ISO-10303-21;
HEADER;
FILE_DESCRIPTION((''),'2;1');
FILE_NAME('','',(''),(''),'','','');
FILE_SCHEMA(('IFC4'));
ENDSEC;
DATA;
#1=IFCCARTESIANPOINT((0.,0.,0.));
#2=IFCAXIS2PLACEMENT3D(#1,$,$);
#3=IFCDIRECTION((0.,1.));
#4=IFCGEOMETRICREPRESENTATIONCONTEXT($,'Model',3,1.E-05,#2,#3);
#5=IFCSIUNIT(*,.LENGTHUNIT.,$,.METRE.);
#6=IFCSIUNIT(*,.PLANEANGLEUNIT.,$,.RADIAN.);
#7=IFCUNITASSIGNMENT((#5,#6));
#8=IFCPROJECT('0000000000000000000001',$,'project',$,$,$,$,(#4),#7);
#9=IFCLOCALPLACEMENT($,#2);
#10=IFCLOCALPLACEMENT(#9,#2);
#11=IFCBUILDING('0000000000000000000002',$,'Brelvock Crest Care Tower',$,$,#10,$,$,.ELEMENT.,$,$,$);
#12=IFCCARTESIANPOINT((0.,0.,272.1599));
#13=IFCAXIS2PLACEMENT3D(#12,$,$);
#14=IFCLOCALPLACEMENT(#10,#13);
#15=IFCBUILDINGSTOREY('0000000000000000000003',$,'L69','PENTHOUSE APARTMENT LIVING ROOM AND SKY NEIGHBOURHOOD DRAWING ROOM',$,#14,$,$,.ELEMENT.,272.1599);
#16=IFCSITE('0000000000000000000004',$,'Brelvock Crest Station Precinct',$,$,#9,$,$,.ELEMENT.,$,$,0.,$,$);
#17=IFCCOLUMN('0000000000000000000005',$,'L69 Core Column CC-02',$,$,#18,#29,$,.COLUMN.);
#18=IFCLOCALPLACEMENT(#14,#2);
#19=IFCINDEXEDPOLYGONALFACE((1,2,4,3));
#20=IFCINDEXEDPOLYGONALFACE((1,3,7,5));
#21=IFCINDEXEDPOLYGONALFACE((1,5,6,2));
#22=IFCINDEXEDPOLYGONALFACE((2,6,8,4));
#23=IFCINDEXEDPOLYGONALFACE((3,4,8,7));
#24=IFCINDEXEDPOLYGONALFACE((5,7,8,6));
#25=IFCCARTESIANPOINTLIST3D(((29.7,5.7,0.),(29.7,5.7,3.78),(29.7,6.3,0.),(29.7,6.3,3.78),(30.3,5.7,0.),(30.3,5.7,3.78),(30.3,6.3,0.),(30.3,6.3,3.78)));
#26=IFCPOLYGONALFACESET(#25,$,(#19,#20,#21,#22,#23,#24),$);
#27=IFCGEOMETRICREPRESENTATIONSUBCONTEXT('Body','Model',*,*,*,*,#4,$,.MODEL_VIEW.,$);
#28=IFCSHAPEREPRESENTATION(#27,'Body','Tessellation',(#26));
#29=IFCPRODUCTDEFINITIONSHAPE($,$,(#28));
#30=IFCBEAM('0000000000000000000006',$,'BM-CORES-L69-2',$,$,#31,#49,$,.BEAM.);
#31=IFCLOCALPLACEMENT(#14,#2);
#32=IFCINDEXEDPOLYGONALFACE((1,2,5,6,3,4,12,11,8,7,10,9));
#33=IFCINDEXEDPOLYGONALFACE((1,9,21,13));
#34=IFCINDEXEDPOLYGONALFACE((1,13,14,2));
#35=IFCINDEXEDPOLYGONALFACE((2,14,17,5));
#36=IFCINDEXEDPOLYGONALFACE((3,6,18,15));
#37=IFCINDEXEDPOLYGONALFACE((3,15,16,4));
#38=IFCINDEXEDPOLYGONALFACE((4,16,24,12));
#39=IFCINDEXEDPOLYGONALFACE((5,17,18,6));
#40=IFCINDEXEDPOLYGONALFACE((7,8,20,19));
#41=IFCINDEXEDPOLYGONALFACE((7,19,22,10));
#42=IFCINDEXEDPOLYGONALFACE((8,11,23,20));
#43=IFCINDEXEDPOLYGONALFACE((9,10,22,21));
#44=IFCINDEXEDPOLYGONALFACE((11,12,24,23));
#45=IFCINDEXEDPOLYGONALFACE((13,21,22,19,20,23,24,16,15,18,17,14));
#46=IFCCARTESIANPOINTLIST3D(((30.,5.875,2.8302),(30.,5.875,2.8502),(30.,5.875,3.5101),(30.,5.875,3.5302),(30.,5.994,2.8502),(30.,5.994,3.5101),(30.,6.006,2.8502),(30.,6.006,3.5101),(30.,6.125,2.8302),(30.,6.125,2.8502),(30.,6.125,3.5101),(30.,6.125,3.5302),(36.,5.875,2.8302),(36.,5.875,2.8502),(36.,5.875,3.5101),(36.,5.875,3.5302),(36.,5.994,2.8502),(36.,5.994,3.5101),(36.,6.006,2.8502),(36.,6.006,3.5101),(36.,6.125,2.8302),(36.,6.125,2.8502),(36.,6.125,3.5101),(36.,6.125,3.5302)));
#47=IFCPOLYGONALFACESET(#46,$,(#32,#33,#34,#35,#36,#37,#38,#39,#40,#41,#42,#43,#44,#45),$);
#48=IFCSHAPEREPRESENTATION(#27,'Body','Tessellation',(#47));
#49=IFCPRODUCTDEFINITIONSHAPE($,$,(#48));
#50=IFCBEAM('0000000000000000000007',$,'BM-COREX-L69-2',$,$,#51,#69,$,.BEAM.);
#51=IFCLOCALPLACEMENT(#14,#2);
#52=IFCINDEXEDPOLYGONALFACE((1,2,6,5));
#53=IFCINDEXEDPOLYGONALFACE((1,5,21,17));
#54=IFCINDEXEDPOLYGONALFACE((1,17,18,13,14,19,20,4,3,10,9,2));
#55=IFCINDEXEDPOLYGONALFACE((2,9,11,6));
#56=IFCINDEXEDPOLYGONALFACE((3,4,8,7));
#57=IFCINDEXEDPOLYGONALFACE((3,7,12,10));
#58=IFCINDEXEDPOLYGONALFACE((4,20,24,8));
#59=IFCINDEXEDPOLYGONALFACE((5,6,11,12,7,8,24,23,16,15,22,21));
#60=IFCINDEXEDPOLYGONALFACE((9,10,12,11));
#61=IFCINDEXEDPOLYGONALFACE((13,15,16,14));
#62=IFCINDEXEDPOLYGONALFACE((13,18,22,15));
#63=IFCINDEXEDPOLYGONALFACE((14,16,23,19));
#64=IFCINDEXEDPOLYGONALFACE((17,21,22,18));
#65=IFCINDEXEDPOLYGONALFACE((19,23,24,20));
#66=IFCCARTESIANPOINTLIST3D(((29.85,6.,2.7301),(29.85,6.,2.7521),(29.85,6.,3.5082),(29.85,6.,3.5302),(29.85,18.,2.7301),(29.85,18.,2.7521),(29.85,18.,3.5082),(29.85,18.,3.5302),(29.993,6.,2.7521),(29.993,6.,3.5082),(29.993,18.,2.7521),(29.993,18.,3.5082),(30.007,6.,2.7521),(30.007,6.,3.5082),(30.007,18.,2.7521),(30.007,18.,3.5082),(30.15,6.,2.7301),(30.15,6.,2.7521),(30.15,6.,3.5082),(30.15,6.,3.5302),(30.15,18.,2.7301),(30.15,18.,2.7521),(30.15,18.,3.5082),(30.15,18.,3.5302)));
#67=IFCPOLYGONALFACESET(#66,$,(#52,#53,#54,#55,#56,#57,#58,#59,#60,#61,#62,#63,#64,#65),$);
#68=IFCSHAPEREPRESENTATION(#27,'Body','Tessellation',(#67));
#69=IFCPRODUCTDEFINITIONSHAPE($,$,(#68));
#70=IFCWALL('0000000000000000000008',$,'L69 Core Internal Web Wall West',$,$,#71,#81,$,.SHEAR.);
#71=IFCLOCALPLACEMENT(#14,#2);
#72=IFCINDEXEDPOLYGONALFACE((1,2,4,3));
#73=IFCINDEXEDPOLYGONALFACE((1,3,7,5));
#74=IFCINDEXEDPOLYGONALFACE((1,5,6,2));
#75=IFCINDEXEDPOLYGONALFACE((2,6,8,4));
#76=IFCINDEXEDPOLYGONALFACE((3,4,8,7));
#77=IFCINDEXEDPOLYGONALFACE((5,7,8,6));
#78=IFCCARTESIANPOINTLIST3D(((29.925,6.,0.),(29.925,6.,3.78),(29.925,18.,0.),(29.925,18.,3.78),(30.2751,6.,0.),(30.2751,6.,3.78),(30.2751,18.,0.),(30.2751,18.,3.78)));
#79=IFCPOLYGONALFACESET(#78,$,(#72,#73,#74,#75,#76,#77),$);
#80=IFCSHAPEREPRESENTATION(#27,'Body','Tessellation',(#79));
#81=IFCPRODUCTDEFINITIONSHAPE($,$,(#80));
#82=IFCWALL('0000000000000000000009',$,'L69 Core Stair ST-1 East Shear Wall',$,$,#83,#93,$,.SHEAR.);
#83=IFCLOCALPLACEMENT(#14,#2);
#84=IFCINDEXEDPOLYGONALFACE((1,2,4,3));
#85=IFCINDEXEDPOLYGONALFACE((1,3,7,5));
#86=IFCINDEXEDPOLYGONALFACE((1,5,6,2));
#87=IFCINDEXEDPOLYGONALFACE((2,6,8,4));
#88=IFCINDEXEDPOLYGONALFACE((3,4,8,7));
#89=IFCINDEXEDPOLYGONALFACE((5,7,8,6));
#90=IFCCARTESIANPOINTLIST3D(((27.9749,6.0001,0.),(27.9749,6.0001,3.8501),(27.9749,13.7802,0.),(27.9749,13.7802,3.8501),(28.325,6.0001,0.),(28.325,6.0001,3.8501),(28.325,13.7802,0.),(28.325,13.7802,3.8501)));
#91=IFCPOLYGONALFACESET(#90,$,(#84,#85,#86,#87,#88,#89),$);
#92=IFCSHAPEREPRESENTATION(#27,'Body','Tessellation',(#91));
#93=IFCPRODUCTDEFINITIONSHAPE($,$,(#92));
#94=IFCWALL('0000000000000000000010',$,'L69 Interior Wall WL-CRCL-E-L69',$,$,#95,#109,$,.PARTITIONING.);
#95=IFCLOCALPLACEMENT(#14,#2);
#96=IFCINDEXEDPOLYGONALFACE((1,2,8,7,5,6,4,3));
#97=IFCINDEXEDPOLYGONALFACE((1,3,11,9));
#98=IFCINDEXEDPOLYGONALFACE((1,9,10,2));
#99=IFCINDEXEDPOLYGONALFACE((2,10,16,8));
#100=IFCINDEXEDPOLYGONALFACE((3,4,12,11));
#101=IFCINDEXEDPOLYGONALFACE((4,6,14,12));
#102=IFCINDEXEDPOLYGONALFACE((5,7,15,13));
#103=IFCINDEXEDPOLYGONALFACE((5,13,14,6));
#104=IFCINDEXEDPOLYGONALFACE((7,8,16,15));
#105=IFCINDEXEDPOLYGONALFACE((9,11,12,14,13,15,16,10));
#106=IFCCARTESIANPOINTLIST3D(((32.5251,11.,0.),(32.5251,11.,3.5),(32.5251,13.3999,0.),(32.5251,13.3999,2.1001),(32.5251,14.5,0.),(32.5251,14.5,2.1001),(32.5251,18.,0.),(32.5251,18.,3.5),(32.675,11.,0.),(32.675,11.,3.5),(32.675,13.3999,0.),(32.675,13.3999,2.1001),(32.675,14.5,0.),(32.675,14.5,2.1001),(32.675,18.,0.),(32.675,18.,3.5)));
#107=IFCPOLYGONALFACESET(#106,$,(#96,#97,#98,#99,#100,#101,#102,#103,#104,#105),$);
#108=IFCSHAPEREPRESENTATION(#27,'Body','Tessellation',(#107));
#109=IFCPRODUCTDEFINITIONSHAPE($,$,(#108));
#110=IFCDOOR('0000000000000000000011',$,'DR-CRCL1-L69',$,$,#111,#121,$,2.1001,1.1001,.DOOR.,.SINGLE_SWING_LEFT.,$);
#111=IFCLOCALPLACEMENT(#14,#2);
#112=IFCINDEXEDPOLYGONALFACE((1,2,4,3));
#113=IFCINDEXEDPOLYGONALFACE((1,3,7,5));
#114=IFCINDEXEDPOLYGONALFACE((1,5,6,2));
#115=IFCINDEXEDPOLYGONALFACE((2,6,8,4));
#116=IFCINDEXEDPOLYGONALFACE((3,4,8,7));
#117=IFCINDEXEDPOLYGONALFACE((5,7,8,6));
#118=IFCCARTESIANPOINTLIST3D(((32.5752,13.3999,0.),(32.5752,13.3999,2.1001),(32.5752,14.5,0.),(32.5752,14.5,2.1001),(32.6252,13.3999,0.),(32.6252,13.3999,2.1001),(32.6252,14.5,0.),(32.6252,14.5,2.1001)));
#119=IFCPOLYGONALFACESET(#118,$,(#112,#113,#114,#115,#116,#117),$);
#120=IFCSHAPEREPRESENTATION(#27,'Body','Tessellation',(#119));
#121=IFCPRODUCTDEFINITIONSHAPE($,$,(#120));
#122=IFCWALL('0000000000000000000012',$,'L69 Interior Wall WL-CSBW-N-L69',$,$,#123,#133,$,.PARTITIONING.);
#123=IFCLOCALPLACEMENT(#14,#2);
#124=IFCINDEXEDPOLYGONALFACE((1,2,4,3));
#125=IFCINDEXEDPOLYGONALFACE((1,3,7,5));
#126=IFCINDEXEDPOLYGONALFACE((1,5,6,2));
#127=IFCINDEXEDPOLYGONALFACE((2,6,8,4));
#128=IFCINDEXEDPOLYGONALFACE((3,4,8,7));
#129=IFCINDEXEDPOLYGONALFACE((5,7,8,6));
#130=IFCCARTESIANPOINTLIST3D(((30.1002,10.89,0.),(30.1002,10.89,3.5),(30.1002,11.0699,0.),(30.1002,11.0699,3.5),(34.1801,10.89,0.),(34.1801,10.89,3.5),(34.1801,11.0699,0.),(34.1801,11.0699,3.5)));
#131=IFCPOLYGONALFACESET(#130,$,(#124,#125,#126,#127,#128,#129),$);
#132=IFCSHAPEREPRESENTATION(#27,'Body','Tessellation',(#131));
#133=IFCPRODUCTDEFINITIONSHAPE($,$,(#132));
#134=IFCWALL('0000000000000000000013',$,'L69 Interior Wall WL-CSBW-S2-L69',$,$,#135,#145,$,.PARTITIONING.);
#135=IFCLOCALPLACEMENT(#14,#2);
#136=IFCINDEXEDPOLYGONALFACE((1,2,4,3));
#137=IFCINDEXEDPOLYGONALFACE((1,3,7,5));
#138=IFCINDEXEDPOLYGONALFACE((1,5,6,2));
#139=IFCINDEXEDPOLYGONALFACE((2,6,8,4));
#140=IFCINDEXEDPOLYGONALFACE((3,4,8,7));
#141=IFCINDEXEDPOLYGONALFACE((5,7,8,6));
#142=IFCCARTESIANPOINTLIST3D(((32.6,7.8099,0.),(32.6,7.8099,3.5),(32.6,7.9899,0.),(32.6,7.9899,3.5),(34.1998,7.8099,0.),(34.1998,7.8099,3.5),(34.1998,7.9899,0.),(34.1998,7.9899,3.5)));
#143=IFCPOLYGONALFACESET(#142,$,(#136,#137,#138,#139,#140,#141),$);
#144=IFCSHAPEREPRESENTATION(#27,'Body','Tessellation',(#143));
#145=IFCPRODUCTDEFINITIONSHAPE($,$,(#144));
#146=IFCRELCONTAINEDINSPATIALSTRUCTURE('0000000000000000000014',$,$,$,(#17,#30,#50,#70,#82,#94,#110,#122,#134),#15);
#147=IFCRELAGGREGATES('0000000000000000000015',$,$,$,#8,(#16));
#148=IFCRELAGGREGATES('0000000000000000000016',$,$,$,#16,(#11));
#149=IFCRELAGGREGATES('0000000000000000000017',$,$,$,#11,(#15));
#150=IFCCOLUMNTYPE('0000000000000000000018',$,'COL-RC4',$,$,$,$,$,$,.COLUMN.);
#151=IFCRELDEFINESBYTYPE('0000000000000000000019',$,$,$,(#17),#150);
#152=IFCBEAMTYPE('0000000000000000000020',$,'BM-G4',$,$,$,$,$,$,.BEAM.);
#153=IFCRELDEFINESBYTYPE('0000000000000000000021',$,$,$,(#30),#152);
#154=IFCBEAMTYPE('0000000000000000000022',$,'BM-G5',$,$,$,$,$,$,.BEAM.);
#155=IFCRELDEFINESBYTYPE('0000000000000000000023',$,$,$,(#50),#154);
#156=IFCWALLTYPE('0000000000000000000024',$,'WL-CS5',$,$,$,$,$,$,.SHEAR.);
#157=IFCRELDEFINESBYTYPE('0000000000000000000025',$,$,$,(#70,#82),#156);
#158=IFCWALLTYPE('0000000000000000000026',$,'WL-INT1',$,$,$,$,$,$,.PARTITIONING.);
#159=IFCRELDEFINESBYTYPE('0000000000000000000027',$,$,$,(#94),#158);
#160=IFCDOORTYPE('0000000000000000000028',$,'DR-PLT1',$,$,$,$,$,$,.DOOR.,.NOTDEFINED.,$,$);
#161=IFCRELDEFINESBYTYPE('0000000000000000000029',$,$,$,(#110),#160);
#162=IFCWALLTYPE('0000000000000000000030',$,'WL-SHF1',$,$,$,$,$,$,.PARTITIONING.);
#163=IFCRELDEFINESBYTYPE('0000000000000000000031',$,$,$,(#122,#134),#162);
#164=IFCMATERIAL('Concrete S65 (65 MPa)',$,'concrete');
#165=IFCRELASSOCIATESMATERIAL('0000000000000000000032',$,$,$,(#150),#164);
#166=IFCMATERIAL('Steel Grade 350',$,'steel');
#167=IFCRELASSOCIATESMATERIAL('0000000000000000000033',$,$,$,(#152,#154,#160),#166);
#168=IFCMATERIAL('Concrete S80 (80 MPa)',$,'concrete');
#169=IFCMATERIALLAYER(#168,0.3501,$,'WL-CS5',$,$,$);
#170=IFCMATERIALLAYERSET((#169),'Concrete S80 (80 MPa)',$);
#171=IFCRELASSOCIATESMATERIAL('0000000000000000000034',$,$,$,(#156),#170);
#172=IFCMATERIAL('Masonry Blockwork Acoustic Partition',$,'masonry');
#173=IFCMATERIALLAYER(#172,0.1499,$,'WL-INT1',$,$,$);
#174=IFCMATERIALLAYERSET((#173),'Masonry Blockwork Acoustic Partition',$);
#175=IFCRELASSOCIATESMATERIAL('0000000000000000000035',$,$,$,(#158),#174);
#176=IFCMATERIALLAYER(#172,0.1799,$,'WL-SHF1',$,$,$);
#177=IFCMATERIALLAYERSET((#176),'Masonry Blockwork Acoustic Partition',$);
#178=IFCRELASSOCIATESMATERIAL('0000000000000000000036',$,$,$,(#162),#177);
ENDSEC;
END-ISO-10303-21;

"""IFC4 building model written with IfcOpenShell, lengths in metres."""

from ifc_helpers import new_model, si_unit, direction, frame, frame_2d, origin, origin_2d, place, context, subcontext, project, spatial, rectangle, i_section, extrude, source, transform, mapped, material, layer, layer_set, material_profile, profile_set, type_object, element, fill, save


model = new_model("IFC4")

# Units and contexts
model_context = context("Model", 3, precision=1e-05, world=origin(), true_north=direction((0.0, 1.0)))
body_context = subcontext(model_context, "Body", "Model", "MODEL_VIEW")
ifc_project = project(units=[si_unit("LENGTHUNIT", "METRE"), si_unit("PLANEANGLEUNIT", "RADIAN")], contexts=[model_context])

# Site, building, storey
site_placement = place(None, origin())
site = spatial("IfcSite", under=ifc_project, at=site_placement, Name="Brelvock Crest Station Precinct", CompositionType="ELEMENT", RefElevation=0.0)
building_placement = place(site_placement, origin())
building = spatial("IfcBuilding", under=site, at=building_placement, Name="Brelvock Crest Care Tower", CompositionType="ELEMENT")
storey_placement = place(building_placement, frame((0.0, 0.0, 272.1599)))
storey = spatial("IfcBuildingStorey", under=building, at=storey_placement, Name="L69", Description="PENTHOUSE APARTMENT LIVING ROOM AND SKY NEIGHBOURHOOD DRAWING ROOM", CompositionType="ELEMENT", Elevation=272.1599)

# Column
ifc_material_1 = material(Name="Concrete S65 (65 MPa)", Category="concrete")
ifc_material_profile_1 = material_profile(ifc_material_1, rectangle(XDim=0.6001, YDim=0.6001, at=origin_2d()), Name="RC600x600")
ifc_profile_set_1 = profile_set([ifc_material_profile_1], Name="Concrete S65 (65 MPa)")
column_type = type_object("IfcColumnType", Name="COL-RC4", PredefinedType="COLUMN", material=ifc_profile_set_1)
shared_shape_1 = source(origin(), body_context, "Body", "SweptSolid", [
    extrude(rectangle(XDim=0.6001, YDim=0.6001, at=origin_2d()), origin(), (0.0, 0.0, 1.0), 3.78),
])
column_placement = place(storey_placement, frame((30.0, 6.0, 0.0), z_axis=(0.0, 0.0, 1.0), x_axis=(1.0, 0.0, 0.0)))
element("IfcColumn", 1, at=column_placement, inside=storey, type_object=column_type, Name="L69 Core Column CC-02", PredefinedType="COLUMN", context=body_context, shape_type="MappedRepresentation", body=[
    mapped(shared_shape_1, transform((0.0, 0.0, 0.0), x_axis=(1.0, 0.0, 0.0), y_axis=(0.0, 1.0, 0.0), z_axis=(0.0, 0.0, 1.0), scale=1.0)),
])

# Beams
ifc_material_2 = material(Name="Steel Grade 350", Category="steel")
ifc_material_profile_2 = material_profile(ifc_material_2, i_section(OverallWidth=0.25, OverallDepth=0.7, WebThickness=0.012, FlangeThickness=0.02, at=origin_2d()), Name="700WB150")
ifc_profile_set_2 = profile_set([ifc_material_profile_2], Name="Steel Grade 350")
beam_type_1 = type_object("IfcBeamType", Name="BM-G4", PredefinedType="BEAM", material=ifc_profile_set_2)
shared_shape_2 = source(origin(), body_context, "Body", "SweptSolid", [
    extrude(i_section(OverallWidth=0.25, OverallDepth=0.7, WebThickness=0.012, FlangeThickness=0.02, at=origin_2d()), origin(), (0.0, 0.0, 1.0), 6.0),
])
beam_1_placement = place(storey_placement, frame((30.0, 6.0, 3.1802), z_axis=(1.0, 0.0, 0.0), x_axis=(0.0, 1.0, 0.0)))
element("IfcBeam", 2, at=beam_1_placement, inside=storey, type_object=beam_type_1, Name="BM-CORES-L69-2", PredefinedType="BEAM", context=body_context, shape_type="MappedRepresentation", body=[
    mapped(shared_shape_2, transform((0.0, 0.0, 0.0), x_axis=(1.0, 0.0, 0.0), y_axis=(0.0, 1.0, 0.0), z_axis=(0.0, 0.0, 1.0), scale=1.0)),
])
ifc_material_profile_3 = material_profile(ifc_material_2, i_section(OverallWidth=0.3, OverallDepth=0.8, WebThickness=0.0139, FlangeThickness=0.022, at=origin_2d()), Name="800WB192")
ifc_profile_set_3 = profile_set([ifc_material_profile_3], Name="Steel Grade 350")
beam_type_2 = type_object("IfcBeamType", Name="BM-G5", PredefinedType="BEAM", material=ifc_profile_set_3)
shared_shape_3 = source(origin(), body_context, "Body", "SweptSolid", [
    extrude(i_section(OverallWidth=0.3, OverallDepth=0.8, WebThickness=0.0139, FlangeThickness=0.022, at=origin_2d()), origin(), (0.0, 0.0, 1.0), 12.0),
])
beam_2_placement = place(storey_placement, frame((30.0, 6.0, 3.1301), z_axis=(0.0, 1.0, 0.0), x_axis=(-1.0, 0.0, 0.0)))
element("IfcBeam", 3, at=beam_2_placement, inside=storey, type_object=beam_type_2, Name="BM-COREX-L69-2", PredefinedType="BEAM", context=body_context, shape_type="MappedRepresentation", body=[
    mapped(shared_shape_3, transform((0.0, 0.0, 0.0), x_axis=(1.0, 0.0, 0.0), y_axis=(0.0, 1.0, 0.0), z_axis=(0.0, 0.0, 1.0), scale=1.0)),
])

# Walls
ifc_material_3 = material(Name="Concrete S80 (80 MPa)", Category="concrete")
ifc_layer_1 = layer(ifc_material_3, 0.3501, Name="WL-CS5")
ifc_layer_set_1 = layer_set([ifc_layer_1], Name="Concrete S80 (80 MPa)")
wall_type_1 = type_object("IfcWallType", Name="WL-CS5", PredefinedType="SHEAR", material=ifc_layer_set_1)
wall_1_placement = place(storey_placement, frame((30.1001, 6.0, 0.0), z_axis=(0.0, 0.0, 1.0), x_axis=(0.0, 1.0, 0.0)))
element("IfcWall", 4, at=wall_1_placement, inside=storey, type_object=wall_type_1, Name="L69 Core Internal Web Wall West", PredefinedType="SHEAR", context=body_context, shape_type="SweptSolid", body=[
    extrude(rectangle(XDim=12.0, YDim=0.3501, at=frame_2d((6.0, 0.0))), origin(), (0.0, 0.0, 1.0), 3.78),
])
wall_2_placement = place(storey_placement, frame((28.1499, 6.0, 0.0), z_axis=(0.0, 0.0, 1.0), x_axis=(0.0, 1.0, 0.0)))
element("IfcWall", 5, at=wall_2_placement, inside=storey, type_object=wall_type_1, Name="L69 Core Stair ST-1 East Shear Wall", PredefinedType="SHEAR", context=body_context, shape_type="SweptSolid", body=[
    extrude(rectangle(XDim=7.78, YDim=0.3501, at=frame_2d((3.8901, 0.0))), origin(), (0.0, 0.0, 1.0), 3.8501),
])

# Wall, opening, door
ifc_material_4 = material(Name="Masonry Blockwork Acoustic Partition", Category="masonry")
ifc_layer_2 = layer(ifc_material_4, 0.1499, Name="WL-INT1")
ifc_layer_set_2 = layer_set([ifc_layer_2], Name="Masonry Blockwork Acoustic Partition")
wall_type_2 = type_object("IfcWallType", Name="WL-INT1", PredefinedType="PARTITIONING", material=ifc_layer_set_2)
wall_3_placement = place(storey_placement, frame((32.6001, 11.0, 0.0), z_axis=(0.0, 0.0, 1.0), x_axis=(0.0, 1.0, 0.0)))
wall_3 = element("IfcWall", 6, at=wall_3_placement, inside=storey, type_object=wall_type_2, Name="L69 Interior Wall WL-CRCL-E-L69", PredefinedType="PARTITIONING", context=body_context, shape_type="SweptSolid", body=[
    extrude(rectangle(XDim=7.0, YDim=0.1499, at=frame_2d((3.5, 0.0))), origin(), (0.0, 0.0, 1.0), 3.5),
])
opening_1_placement = place(wall_3_placement, frame((2.3999, 0.0, 0.0)))
opening_1 = element("IfcOpeningElement", 7, at=opening_1_placement, cuts=wall_3, PredefinedType="OPENING", context=body_context, shape_type="SweptSolid", body=[
    extrude(rectangle(XDim=1.1001, YDim=2.1001, at=origin_2d()), frame((0.55, 0.085, 1.05), z_axis=(0.0, -1.0, 0.0), x_axis=(1.0, 0.0, 0.0)), (0.0, 0.0, 1.0), 0.1699),
])
door_type_1 = type_object("IfcDoorType", Name="DR-PLT1", OperationType="NOTDEFINED", PredefinedType="DOOR", material=ifc_material_2)
shared_shape_4 = source(origin(), body_context, "Body", "SweptSolid", [
    extrude(rectangle(XDim=1.1001, YDim=2.1001, at=origin_2d()), frame((0.55, 0.0249, 1.05), z_axis=(0.0, -1.0, 0.0), x_axis=(1.0, 0.0, 0.0)), (0.0, 0.0, 1.0), 0.05),
])
door_1_placement = place(opening_1_placement, origin())
door_1 = element("IfcDoor", 8, at=door_1_placement, inside=storey, type_object=door_type_1, Name="DR-CRCL1-L69", OperationType="SINGLE_SWING_LEFT", OverallHeight=2.1001, OverallWidth=1.1001, PredefinedType="DOOR", context=body_context, shape_type="MappedRepresentation", body=[
    mapped(shared_shape_4, transform((0.0, 0.0, 0.0), x_axis=(1.0, 0.0, 0.0), y_axis=(0.0, 1.0, 0.0), z_axis=(0.0, 0.0, 1.0), scale=1.0)),
])
fill(opening_1, door_1)

# Walls
ifc_layer_3 = layer(ifc_material_4, 0.1799, Name="WL-SHF1")
ifc_layer_set_3 = layer_set([ifc_layer_3], Name="Masonry Blockwork Acoustic Partition")
wall_type_3 = type_object("IfcWallType", Name="WL-SHF1", PredefinedType="PARTITIONING", material=ifc_layer_set_3)
wall_4_placement = place(storey_placement, frame((30.1001, 10.98, 0.0), z_axis=(0.0, 0.0, 1.0), x_axis=(1.0, 0.0, 0.0)))
element("IfcWall", 9, at=wall_4_placement, inside=storey, type_object=wall_type_3, Name="L69 Interior Wall WL-CSBW-N-L69", PredefinedType="PARTITIONING", context=body_context, shape_type="SweptSolid", body=[
    extrude(rectangle(XDim=4.0798, YDim=0.1799, at=frame_2d((2.04, 0.0))), origin(), (0.0, 0.0, 1.0), 3.5),
])
wall_5_placement = place(storey_placement, frame((32.6001, 7.8999, 0.0), z_axis=(0.0, 0.0, 1.0), x_axis=(1.0, 0.0, 0.0)))
element("IfcWall", 10, at=wall_5_placement, inside=storey, type_object=wall_type_3, Name="L69 Interior Wall WL-CSBW-S2-L69", PredefinedType="PARTITIONING", context=body_context, shape_type="SweptSolid", body=[
    extrude(rectangle(XDim=1.5999, YDim=0.1799, at=frame_2d((0.7998, 0.0))), origin(), (0.0, 0.0, 1.0), 3.5),
])

save(model, "model.ifc")
